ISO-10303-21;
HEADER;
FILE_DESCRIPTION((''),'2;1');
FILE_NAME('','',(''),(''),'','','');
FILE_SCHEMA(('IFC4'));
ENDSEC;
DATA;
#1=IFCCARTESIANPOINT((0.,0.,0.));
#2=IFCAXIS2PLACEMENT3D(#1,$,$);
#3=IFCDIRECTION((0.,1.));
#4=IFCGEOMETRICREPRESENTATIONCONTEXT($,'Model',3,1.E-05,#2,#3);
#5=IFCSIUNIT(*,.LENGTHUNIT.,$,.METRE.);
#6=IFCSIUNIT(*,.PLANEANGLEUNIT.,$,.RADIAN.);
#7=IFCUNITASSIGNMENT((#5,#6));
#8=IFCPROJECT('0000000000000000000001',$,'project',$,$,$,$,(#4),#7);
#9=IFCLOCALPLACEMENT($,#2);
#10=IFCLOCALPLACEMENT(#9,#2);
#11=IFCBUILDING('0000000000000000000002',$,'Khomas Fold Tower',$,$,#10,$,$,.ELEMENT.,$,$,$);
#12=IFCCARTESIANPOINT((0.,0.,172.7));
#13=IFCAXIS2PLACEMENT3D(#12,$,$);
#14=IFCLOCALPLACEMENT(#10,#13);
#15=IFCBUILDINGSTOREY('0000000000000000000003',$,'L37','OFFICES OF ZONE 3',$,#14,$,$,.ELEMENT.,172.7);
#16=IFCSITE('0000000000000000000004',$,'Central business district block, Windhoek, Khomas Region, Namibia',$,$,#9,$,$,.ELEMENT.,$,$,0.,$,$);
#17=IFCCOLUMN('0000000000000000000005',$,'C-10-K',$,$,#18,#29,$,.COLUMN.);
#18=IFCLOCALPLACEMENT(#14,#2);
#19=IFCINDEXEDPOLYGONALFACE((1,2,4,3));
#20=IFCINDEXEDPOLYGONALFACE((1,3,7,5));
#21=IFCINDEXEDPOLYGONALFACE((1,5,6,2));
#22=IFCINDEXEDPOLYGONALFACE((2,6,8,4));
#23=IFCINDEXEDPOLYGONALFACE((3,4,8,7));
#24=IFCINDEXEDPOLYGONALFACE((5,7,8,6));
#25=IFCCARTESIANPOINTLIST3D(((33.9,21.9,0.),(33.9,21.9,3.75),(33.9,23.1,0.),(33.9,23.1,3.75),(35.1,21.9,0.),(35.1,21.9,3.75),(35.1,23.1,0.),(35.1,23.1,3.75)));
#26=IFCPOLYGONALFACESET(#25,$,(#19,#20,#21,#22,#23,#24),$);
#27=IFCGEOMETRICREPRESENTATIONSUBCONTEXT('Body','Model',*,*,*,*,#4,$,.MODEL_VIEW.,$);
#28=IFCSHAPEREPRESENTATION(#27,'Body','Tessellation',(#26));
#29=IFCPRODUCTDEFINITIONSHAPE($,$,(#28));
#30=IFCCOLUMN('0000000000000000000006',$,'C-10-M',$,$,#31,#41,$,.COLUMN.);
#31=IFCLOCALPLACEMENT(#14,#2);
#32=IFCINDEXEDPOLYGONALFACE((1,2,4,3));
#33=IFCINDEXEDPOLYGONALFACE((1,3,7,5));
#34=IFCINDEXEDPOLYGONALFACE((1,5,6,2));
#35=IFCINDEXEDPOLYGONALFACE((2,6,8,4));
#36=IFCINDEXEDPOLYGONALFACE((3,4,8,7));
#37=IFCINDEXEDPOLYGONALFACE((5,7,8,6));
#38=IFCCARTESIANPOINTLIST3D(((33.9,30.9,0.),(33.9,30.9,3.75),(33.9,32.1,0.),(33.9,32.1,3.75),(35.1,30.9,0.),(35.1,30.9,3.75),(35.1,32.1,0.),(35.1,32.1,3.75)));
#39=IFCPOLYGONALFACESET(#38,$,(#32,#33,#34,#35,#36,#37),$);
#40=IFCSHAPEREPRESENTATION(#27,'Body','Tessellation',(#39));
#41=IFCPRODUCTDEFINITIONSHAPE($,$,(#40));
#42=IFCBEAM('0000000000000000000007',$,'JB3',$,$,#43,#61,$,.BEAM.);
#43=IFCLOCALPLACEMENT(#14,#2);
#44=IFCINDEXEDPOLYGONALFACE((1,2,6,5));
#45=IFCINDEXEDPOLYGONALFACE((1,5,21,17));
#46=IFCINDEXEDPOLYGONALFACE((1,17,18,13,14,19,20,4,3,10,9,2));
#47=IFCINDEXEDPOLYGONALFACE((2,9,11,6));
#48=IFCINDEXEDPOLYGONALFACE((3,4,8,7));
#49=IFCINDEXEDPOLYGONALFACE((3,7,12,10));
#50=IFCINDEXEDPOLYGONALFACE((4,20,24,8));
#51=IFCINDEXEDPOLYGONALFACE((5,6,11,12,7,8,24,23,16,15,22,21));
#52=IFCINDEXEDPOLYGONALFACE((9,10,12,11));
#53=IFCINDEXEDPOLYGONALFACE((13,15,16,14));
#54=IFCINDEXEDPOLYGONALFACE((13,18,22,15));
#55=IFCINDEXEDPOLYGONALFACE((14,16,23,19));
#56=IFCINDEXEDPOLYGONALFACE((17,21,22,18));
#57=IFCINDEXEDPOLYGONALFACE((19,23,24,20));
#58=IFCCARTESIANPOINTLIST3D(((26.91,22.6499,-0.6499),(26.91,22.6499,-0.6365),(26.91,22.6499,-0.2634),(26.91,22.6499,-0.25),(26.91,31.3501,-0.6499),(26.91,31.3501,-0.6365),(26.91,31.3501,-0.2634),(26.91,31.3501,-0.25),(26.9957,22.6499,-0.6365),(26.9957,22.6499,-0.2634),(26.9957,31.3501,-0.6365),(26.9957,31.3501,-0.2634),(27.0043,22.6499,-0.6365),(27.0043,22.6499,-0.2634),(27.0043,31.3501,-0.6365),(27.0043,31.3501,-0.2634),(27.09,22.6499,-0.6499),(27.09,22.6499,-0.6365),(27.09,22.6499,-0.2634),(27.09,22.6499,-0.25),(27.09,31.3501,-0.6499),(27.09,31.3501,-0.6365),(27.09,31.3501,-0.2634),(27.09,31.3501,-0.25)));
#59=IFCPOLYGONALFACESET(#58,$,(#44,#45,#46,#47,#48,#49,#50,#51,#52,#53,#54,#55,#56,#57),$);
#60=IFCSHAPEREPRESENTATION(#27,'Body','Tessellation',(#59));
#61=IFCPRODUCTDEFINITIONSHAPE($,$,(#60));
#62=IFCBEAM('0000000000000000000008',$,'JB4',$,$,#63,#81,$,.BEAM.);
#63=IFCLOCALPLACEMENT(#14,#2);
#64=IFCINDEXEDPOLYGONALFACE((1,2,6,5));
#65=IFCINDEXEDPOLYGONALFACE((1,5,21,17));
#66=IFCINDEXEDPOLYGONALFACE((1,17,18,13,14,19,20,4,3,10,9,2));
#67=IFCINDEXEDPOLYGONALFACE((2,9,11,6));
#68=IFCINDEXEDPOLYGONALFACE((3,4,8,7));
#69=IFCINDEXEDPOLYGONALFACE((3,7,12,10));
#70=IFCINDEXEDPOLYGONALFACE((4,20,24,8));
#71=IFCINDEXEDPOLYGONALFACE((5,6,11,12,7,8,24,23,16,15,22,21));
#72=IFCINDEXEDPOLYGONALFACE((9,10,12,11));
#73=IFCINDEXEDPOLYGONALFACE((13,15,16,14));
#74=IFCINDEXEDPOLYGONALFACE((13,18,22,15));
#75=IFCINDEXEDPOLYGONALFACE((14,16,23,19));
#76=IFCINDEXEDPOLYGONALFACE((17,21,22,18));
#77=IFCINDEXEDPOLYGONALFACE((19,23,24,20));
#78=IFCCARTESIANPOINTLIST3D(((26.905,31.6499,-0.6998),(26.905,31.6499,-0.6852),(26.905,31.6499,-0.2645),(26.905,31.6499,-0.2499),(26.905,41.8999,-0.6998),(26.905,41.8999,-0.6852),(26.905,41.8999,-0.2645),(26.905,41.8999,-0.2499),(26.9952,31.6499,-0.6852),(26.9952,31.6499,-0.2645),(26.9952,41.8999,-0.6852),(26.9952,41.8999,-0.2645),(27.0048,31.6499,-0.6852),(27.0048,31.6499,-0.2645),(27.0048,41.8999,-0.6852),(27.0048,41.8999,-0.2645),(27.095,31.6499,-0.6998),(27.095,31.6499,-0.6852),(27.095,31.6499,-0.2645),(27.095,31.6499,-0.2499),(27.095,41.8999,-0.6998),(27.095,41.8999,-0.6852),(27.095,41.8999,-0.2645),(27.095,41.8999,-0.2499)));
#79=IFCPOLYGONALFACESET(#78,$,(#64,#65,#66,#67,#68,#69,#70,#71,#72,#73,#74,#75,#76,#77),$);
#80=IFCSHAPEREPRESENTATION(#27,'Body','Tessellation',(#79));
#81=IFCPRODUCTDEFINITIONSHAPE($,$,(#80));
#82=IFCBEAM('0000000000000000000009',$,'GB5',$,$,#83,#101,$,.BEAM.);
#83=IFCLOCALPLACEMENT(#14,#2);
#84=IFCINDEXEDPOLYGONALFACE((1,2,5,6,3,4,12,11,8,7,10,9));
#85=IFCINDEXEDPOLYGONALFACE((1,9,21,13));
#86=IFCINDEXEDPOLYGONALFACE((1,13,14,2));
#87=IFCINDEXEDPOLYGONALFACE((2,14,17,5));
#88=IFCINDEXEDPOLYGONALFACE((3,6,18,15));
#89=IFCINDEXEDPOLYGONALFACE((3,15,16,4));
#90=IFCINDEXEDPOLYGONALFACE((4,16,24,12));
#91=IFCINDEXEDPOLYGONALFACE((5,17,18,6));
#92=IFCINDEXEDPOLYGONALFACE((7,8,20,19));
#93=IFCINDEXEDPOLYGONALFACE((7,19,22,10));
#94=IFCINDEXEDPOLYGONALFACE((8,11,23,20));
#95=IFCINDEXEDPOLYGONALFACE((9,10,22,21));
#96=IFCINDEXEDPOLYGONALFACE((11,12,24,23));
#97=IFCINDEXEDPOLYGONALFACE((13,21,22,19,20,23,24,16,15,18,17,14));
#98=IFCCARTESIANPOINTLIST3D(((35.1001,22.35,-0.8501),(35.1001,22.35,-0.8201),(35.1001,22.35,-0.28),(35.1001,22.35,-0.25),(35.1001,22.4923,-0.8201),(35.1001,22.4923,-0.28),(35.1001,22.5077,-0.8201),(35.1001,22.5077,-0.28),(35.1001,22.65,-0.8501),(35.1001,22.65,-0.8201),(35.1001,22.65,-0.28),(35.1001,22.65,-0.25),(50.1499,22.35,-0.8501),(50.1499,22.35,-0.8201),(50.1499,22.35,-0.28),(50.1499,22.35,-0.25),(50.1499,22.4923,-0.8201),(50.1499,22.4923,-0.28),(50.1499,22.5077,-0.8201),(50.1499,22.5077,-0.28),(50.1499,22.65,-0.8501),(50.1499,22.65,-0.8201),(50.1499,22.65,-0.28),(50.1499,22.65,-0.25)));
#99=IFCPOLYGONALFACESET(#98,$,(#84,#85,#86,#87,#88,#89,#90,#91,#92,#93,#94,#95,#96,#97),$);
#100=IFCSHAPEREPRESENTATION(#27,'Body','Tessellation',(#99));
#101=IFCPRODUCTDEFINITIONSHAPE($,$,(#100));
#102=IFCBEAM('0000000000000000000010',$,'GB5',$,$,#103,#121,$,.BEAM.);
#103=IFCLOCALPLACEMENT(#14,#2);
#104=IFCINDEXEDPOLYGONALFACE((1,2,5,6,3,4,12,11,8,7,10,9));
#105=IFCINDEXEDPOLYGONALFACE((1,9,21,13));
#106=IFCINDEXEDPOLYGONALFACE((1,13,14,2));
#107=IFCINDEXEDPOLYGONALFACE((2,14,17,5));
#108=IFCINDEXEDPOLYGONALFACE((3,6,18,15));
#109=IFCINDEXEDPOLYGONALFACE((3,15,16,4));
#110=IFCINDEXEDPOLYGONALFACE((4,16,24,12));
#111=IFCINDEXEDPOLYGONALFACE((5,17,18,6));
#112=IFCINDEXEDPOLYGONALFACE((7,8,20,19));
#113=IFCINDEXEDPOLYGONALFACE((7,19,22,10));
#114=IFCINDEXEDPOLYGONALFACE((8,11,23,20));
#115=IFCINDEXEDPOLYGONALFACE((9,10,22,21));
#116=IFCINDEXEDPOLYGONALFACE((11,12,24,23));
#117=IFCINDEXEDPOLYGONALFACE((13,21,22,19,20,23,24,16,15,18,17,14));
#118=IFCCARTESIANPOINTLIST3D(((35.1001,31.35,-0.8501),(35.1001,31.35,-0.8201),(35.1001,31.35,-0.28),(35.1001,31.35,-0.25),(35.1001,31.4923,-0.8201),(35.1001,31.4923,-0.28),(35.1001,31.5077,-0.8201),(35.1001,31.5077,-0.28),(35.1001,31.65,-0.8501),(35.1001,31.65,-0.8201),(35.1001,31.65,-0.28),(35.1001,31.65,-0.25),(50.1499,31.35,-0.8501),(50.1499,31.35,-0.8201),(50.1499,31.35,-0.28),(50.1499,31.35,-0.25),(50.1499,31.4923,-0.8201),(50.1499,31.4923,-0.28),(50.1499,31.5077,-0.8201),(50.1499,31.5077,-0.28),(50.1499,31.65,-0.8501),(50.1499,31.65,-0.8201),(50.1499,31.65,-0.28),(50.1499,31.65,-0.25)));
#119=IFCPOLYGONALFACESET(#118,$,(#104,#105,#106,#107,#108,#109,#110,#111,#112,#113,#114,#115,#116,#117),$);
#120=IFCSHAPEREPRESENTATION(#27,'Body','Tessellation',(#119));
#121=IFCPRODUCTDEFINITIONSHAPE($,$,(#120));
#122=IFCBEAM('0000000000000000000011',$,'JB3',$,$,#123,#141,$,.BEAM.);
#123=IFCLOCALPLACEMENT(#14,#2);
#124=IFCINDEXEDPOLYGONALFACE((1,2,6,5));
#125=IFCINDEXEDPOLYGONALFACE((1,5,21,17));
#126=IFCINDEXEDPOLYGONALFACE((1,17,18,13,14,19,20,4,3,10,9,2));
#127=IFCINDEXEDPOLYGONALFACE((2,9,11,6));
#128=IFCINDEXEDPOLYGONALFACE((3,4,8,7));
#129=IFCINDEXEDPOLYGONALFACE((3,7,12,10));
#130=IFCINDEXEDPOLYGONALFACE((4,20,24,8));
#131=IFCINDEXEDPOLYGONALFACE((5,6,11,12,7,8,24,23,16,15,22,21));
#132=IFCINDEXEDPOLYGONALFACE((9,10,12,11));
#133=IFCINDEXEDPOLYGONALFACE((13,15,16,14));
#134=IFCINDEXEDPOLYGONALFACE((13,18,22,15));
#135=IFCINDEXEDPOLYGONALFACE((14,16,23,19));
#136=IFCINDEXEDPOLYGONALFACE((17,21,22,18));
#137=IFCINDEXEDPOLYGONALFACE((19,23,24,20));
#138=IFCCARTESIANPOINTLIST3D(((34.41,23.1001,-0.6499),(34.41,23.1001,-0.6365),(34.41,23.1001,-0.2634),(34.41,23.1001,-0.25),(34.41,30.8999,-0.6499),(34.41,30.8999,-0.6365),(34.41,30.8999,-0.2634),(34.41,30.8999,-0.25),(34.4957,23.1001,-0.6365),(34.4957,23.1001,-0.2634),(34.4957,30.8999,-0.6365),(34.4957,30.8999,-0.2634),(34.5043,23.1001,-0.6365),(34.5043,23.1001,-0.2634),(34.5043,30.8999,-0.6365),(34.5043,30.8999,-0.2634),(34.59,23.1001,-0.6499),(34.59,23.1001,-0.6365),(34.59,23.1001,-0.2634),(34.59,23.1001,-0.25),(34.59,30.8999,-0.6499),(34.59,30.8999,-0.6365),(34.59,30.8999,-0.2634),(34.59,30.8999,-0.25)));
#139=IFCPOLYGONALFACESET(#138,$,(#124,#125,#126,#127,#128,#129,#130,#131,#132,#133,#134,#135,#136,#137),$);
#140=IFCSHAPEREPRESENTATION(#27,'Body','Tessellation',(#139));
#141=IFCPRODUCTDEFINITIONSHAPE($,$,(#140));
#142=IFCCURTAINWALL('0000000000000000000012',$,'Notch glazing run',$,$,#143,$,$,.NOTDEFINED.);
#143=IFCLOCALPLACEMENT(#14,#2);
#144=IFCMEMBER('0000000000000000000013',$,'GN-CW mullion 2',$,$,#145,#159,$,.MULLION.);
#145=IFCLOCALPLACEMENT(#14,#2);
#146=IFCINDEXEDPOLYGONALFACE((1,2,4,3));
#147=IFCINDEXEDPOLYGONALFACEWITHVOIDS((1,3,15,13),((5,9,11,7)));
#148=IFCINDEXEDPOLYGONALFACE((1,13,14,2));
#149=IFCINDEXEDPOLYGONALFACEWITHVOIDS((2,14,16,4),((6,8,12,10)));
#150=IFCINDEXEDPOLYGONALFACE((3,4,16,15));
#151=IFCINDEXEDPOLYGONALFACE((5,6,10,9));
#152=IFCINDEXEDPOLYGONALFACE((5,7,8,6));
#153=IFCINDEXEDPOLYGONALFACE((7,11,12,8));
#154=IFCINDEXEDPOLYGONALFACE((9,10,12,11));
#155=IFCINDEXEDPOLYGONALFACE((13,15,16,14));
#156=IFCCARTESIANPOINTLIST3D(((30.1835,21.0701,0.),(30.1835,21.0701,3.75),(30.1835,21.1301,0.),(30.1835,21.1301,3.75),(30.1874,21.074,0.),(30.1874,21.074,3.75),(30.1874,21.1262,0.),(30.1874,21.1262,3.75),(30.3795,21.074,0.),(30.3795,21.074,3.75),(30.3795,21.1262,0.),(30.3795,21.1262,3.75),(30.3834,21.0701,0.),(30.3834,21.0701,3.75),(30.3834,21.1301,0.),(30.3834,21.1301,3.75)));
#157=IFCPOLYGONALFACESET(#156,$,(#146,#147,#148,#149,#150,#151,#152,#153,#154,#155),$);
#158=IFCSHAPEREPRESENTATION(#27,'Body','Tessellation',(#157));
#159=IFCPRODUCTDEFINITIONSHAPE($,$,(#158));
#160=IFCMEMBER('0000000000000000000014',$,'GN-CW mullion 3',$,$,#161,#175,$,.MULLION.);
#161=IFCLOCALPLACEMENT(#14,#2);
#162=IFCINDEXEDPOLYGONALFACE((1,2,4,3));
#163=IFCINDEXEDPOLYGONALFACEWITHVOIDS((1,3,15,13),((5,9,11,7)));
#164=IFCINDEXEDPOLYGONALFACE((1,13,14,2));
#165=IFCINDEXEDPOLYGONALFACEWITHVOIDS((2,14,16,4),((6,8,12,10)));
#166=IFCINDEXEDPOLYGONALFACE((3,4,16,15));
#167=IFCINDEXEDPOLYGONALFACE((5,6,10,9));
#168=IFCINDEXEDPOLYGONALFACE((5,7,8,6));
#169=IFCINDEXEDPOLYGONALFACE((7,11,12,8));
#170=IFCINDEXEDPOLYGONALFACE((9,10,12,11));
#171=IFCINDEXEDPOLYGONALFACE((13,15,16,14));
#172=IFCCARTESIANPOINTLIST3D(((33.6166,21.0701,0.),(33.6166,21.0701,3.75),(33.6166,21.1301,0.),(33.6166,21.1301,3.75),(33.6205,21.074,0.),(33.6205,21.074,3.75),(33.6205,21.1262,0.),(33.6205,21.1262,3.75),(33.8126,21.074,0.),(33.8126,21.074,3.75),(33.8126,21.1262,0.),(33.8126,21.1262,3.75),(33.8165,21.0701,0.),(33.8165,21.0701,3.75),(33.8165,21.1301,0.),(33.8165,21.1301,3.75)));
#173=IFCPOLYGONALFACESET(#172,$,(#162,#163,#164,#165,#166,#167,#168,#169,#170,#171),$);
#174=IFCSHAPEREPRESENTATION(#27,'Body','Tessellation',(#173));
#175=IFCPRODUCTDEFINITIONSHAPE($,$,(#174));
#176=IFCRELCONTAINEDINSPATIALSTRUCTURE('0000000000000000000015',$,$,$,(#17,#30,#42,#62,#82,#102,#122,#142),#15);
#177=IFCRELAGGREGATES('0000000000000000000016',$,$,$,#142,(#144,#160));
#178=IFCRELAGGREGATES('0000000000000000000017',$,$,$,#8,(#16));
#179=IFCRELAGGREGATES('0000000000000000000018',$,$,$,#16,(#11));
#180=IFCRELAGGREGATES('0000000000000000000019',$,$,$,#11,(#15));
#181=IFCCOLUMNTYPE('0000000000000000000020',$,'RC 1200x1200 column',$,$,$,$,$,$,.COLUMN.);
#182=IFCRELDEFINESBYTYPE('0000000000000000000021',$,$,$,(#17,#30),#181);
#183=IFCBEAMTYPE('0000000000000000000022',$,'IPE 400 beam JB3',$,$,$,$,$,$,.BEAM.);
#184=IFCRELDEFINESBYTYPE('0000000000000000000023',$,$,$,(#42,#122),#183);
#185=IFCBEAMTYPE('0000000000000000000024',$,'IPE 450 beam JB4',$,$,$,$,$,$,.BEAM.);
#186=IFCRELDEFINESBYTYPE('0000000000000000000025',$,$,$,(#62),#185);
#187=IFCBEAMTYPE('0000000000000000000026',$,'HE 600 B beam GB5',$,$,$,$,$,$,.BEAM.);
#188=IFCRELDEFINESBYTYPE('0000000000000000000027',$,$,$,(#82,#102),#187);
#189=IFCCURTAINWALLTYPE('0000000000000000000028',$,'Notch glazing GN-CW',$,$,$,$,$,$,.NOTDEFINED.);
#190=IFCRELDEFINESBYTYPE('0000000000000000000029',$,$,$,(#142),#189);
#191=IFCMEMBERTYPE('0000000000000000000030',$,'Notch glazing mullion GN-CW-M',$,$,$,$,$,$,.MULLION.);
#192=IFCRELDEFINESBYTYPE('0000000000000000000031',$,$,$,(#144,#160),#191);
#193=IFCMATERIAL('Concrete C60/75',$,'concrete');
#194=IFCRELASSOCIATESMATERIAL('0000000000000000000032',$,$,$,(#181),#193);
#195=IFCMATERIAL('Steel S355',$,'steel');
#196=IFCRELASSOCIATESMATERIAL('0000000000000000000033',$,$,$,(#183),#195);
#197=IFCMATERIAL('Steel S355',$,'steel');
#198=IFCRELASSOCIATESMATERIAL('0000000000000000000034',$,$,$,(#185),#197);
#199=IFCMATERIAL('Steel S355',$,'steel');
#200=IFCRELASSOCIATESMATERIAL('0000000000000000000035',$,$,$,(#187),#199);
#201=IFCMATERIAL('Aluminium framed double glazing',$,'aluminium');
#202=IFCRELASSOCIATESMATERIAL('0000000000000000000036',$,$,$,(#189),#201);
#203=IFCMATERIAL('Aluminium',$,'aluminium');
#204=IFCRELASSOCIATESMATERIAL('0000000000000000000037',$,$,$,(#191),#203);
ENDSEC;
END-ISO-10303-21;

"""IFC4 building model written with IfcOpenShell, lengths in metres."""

from ifc_helpers import new_model, si_unit, direction, frame, origin, origin_2d, place, context, subcontext, project, spatial, rectangle, hollow_rectangle, i_section, extrude, source, transform, mapped, material, material_profile, profile_set, type_object, element, aggregate, save


model = new_model("IFC4")

# Units and contexts
model_context = context("Model", 3, precision=1e-05, world=origin(), true_north=direction((0.0, 1.0)))
body_context = subcontext(model_context, "Body", "Model", "MODEL_VIEW")
ifc_project = project(units=[si_unit("LENGTHUNIT", "METRE"), si_unit("PLANEANGLEUNIT", "RADIAN")], contexts=[model_context])

# Site, building, storey
site_placement = place(None, origin())
site = spatial("IfcSite", under=ifc_project, at=site_placement, Name="Central business district block, Windhoek, Khomas Region, Namibia", CompositionType="ELEMENT", RefElevation=0.0)
building_placement = place(site_placement, origin())
building = spatial("IfcBuilding", under=site, at=building_placement, Name="Khomas Fold Tower", CompositionType="ELEMENT")
storey_placement = place(building_placement, frame((0.0, 0.0, 172.7)))
storey = spatial("IfcBuildingStorey", under=building, at=storey_placement, Name="L37", Description="OFFICES OF ZONE 3", CompositionType="ELEMENT", Elevation=172.7)

# Columns
ifc_material_1 = material(Name="Concrete C60/75", Category="concrete")
ifc_material_profile_1 = material_profile(ifc_material_1, rectangle(XDim=1.2, YDim=1.2, at=origin_2d()), Name="RC 1200x1200")
ifc_profile_set_1 = profile_set([ifc_material_profile_1], Name="Concrete C60/75")
column_type = type_object("IfcColumnType", Name="RC 1200x1200 column", PredefinedType="COLUMN", material=ifc_profile_set_1)
shared_shape_1 = source(origin(), body_context, "Body", "SweptSolid", [
    extrude(rectangle(XDim=1.2, YDim=1.2, at=origin_2d()), origin(), (0.0, 0.0, 1.0), 3.75),
])
for number, where, z_axis, x_axis, name in (
    (1, (34.5, 22.5, 0.0), (0.0, 0.0, 1.0), (1.0, 0.0, 0.0), "C-10-K"),
    (2, (34.5, 31.5, 0.0), (0.0, 0.0, 1.0), (1.0, 0.0, 0.0), "C-10-M"),
):
    element("IfcColumn", number, at=place(storey_placement, frame(where, z_axis=z_axis, x_axis=x_axis)), inside=storey, type_object=column_type, Name=name, PredefinedType="COLUMN", context=body_context, shape_type="MappedRepresentation", body=[
        mapped(shared_shape_1, transform((0.0, 0.0, 0.0))),
    ])

# Beams
ifc_material_2 = material(Name="Steel S355", Category="steel")
ifc_material_profile_2 = material_profile(ifc_material_2, i_section(OverallWidth=0.1799, OverallDepth=0.3999, WebThickness=0.0085, FlangeThickness=0.0134, at=origin_2d()), Name="IPE 400")
ifc_profile_set_2 = profile_set([ifc_material_profile_2], Name="Steel S355")
beam_type_1 = type_object("IfcBeamType", Name="IPE 400 beam JB3", PredefinedType="BEAM", material=ifc_profile_set_2)
shared_shape_2 = source(origin(), body_context, "Body", "SweptSolid", [
    extrude(i_section(OverallWidth=0.1799, OverallDepth=0.3999, WebThickness=0.0085, FlangeThickness=0.0134, at=origin_2d()), origin(), (0.0, 0.0, 1.0), 8.7002),
])
beam_1_placement = place(storey_placement, frame((27.0, 22.6499, -0.45), z_axis=(0.0, 1.0, 0.0), x_axis=(-1.0, 0.0, 0.0)))
element("IfcBeam", 3, at=beam_1_placement, inside=storey, type_object=beam_type_1, Name="JB3", PredefinedType="BEAM", context=body_context, shape_type="MappedRepresentation", body=[
    mapped(shared_shape_2, transform((0.0, 0.0, 0.0))),
])
ifc_material_3 = material(Name="Steel S355", Category="steel")
ifc_material_profile_3 = material_profile(ifc_material_3, i_section(OverallWidth=0.1899, OverallDepth=0.45, WebThickness=0.0095, FlangeThickness=0.0146, at=origin_2d()), Name="IPE 450")
ifc_profile_set_3 = profile_set([ifc_material_profile_3], Name="Steel S355")
beam_type_2 = type_object("IfcBeamType", Name="IPE 450 beam JB4", PredefinedType="BEAM", material=ifc_profile_set_3)
shared_shape_3 = source(origin(), body_context, "Body", "SweptSolid", [
    extrude(i_section(OverallWidth=0.1899, OverallDepth=0.45, WebThickness=0.0095, FlangeThickness=0.0146, at=origin_2d()), origin(), (0.0, 0.0, 1.0), 10.25),
])
beam_2_placement = place(storey_placement, frame((27.0, 31.6499, -0.4749), z_axis=(0.0, 1.0, 0.0), x_axis=(-1.0, 0.0, 0.0)))
element("IfcBeam", 4, at=beam_2_placement, inside=storey, type_object=beam_type_2, Name="JB4", PredefinedType="BEAM", context=body_context, shape_type="MappedRepresentation", body=[
    mapped(shared_shape_3, transform((0.0, 0.0, 0.0))),
])
ifc_material_4 = material(Name="Steel S355", Category="steel")
ifc_material_profile_4 = material_profile(ifc_material_4, i_section(OverallWidth=0.3, OverallDepth=0.6001, WebThickness=0.0154, FlangeThickness=0.03, at=origin_2d()), Name="HE 600 B")
ifc_profile_set_4 = profile_set([ifc_material_profile_4], Name="Steel S355")
beam_type_3 = type_object("IfcBeamType", Name="HE 600 B beam GB5", PredefinedType="BEAM", material=ifc_profile_set_4)
shared_shape_4 = source(origin(), body_context, "Body", "SweptSolid", [
    extrude(i_section(OverallWidth=0.3, OverallDepth=0.6001, WebThickness=0.0154, FlangeThickness=0.03, at=origin_2d()), origin(), (0.0, 0.0, 1.0), 15.0498),
])
for number, where, z_axis, x_axis, name in (
    (5, (35.1001, 22.5, -0.55), (1.0, 0.0, 0.0), (0.0, 1.0, 0.0), "GB5"),
    (6, (35.1001, 31.5, -0.55), (1.0, 0.0, 0.0), (0.0, 1.0, 0.0), "GB5"),
):
    element("IfcBeam", number, at=place(storey_placement, frame(where, z_axis=z_axis, x_axis=x_axis)), inside=storey, type_object=beam_type_3, Name=name, PredefinedType="BEAM", context=body_context, shape_type="MappedRepresentation", body=[
        mapped(shared_shape_4, transform((0.0, 0.0, 0.0))),
    ])
shared_shape_5 = source(origin(), body_context, "Body", "SweptSolid", [
    extrude(i_section(OverallWidth=0.1799, OverallDepth=0.3999, WebThickness=0.0085, FlangeThickness=0.0134, at=origin_2d()), origin(), (0.0, 0.0, 1.0), 7.7998),
])
beam_3_placement = place(storey_placement, frame((34.5, 23.1001, -0.45), z_axis=(0.0, 1.0, 0.0), x_axis=(-1.0, 0.0, 0.0)))
element("IfcBeam", 7, at=beam_3_placement, inside=storey, type_object=beam_type_1, Name="JB3", PredefinedType="BEAM", context=body_context, shape_type="MappedRepresentation", body=[
    mapped(shared_shape_5, transform((0.0, 0.0, 0.0))),
])

# Curtain wall, members
ifc_material_5 = material(Name="Aluminium framed double glazing", Category="aluminium")
curtain_wall_type = type_object("IfcCurtainWallType", Name="Notch glazing GN-CW", PredefinedType="NOTDEFINED", material=ifc_material_5)
curtain_wall_1_placement = place(storey_placement, origin())
curtain_wall_1 = element("IfcCurtainWall", 8, at=curtain_wall_1_placement, inside=storey, type_object=curtain_wall_type, Name="Notch glazing run", PredefinedType="NOTDEFINED")
ifc_material_6 = material(Name="Aluminium", Category="aluminium")
ifc_material_profile_5 = material_profile(ifc_material_6, hollow_rectangle(XDim=0.0601, YDim=0.2, WallThickness=0.0039, at=origin_2d()), Name="Notch glazing mullion GN-CW-M")
ifc_profile_set_5 = profile_set([ifc_material_profile_5], Name="Aluminium")
member_type_1 = type_object("IfcMemberType", Name="Notch glazing mullion GN-CW-M", PredefinedType="MULLION", material=ifc_profile_set_5)
shared_shape_6 = source(origin(), body_context, "Body", "SweptSolid", [
    extrude(hollow_rectangle(XDim=0.0601, YDim=0.2, WallThickness=0.0039, at=origin_2d()), origin(), (0.0, 0.0, 1.0), 3.75),
])
member_1_placement = place(storey_placement, frame((30.2834, 21.1001, 0.0), z_axis=(0.0, 0.0, 1.0), x_axis=(0.0, 1.0, 0.0)))
member_1 = element("IfcMember", 9, at=member_1_placement, type_object=member_type_1, Name="GN-CW mullion 2", PredefinedType="MULLION", context=body_context, shape_type="MappedRepresentation", body=[
    mapped(shared_shape_6, transform((0.0, 0.0, 0.0))),
])
member_2_placement = place(storey_placement, frame((33.7166, 21.1001, 0.0), z_axis=(0.0, 0.0, 1.0), x_axis=(0.0, 1.0, 0.0)))
member_2 = element("IfcMember", 10, at=member_2_placement, type_object=member_type_1, Name="GN-CW mullion 3", PredefinedType="MULLION", context=body_context, shape_type="MappedRepresentation", body=[
    mapped(shared_shape_6, transform((0.0, 0.0, 0.0))),
])

aggregate(curtain_wall_1, [member_1, member_2])

save(model, "model.ifc")
